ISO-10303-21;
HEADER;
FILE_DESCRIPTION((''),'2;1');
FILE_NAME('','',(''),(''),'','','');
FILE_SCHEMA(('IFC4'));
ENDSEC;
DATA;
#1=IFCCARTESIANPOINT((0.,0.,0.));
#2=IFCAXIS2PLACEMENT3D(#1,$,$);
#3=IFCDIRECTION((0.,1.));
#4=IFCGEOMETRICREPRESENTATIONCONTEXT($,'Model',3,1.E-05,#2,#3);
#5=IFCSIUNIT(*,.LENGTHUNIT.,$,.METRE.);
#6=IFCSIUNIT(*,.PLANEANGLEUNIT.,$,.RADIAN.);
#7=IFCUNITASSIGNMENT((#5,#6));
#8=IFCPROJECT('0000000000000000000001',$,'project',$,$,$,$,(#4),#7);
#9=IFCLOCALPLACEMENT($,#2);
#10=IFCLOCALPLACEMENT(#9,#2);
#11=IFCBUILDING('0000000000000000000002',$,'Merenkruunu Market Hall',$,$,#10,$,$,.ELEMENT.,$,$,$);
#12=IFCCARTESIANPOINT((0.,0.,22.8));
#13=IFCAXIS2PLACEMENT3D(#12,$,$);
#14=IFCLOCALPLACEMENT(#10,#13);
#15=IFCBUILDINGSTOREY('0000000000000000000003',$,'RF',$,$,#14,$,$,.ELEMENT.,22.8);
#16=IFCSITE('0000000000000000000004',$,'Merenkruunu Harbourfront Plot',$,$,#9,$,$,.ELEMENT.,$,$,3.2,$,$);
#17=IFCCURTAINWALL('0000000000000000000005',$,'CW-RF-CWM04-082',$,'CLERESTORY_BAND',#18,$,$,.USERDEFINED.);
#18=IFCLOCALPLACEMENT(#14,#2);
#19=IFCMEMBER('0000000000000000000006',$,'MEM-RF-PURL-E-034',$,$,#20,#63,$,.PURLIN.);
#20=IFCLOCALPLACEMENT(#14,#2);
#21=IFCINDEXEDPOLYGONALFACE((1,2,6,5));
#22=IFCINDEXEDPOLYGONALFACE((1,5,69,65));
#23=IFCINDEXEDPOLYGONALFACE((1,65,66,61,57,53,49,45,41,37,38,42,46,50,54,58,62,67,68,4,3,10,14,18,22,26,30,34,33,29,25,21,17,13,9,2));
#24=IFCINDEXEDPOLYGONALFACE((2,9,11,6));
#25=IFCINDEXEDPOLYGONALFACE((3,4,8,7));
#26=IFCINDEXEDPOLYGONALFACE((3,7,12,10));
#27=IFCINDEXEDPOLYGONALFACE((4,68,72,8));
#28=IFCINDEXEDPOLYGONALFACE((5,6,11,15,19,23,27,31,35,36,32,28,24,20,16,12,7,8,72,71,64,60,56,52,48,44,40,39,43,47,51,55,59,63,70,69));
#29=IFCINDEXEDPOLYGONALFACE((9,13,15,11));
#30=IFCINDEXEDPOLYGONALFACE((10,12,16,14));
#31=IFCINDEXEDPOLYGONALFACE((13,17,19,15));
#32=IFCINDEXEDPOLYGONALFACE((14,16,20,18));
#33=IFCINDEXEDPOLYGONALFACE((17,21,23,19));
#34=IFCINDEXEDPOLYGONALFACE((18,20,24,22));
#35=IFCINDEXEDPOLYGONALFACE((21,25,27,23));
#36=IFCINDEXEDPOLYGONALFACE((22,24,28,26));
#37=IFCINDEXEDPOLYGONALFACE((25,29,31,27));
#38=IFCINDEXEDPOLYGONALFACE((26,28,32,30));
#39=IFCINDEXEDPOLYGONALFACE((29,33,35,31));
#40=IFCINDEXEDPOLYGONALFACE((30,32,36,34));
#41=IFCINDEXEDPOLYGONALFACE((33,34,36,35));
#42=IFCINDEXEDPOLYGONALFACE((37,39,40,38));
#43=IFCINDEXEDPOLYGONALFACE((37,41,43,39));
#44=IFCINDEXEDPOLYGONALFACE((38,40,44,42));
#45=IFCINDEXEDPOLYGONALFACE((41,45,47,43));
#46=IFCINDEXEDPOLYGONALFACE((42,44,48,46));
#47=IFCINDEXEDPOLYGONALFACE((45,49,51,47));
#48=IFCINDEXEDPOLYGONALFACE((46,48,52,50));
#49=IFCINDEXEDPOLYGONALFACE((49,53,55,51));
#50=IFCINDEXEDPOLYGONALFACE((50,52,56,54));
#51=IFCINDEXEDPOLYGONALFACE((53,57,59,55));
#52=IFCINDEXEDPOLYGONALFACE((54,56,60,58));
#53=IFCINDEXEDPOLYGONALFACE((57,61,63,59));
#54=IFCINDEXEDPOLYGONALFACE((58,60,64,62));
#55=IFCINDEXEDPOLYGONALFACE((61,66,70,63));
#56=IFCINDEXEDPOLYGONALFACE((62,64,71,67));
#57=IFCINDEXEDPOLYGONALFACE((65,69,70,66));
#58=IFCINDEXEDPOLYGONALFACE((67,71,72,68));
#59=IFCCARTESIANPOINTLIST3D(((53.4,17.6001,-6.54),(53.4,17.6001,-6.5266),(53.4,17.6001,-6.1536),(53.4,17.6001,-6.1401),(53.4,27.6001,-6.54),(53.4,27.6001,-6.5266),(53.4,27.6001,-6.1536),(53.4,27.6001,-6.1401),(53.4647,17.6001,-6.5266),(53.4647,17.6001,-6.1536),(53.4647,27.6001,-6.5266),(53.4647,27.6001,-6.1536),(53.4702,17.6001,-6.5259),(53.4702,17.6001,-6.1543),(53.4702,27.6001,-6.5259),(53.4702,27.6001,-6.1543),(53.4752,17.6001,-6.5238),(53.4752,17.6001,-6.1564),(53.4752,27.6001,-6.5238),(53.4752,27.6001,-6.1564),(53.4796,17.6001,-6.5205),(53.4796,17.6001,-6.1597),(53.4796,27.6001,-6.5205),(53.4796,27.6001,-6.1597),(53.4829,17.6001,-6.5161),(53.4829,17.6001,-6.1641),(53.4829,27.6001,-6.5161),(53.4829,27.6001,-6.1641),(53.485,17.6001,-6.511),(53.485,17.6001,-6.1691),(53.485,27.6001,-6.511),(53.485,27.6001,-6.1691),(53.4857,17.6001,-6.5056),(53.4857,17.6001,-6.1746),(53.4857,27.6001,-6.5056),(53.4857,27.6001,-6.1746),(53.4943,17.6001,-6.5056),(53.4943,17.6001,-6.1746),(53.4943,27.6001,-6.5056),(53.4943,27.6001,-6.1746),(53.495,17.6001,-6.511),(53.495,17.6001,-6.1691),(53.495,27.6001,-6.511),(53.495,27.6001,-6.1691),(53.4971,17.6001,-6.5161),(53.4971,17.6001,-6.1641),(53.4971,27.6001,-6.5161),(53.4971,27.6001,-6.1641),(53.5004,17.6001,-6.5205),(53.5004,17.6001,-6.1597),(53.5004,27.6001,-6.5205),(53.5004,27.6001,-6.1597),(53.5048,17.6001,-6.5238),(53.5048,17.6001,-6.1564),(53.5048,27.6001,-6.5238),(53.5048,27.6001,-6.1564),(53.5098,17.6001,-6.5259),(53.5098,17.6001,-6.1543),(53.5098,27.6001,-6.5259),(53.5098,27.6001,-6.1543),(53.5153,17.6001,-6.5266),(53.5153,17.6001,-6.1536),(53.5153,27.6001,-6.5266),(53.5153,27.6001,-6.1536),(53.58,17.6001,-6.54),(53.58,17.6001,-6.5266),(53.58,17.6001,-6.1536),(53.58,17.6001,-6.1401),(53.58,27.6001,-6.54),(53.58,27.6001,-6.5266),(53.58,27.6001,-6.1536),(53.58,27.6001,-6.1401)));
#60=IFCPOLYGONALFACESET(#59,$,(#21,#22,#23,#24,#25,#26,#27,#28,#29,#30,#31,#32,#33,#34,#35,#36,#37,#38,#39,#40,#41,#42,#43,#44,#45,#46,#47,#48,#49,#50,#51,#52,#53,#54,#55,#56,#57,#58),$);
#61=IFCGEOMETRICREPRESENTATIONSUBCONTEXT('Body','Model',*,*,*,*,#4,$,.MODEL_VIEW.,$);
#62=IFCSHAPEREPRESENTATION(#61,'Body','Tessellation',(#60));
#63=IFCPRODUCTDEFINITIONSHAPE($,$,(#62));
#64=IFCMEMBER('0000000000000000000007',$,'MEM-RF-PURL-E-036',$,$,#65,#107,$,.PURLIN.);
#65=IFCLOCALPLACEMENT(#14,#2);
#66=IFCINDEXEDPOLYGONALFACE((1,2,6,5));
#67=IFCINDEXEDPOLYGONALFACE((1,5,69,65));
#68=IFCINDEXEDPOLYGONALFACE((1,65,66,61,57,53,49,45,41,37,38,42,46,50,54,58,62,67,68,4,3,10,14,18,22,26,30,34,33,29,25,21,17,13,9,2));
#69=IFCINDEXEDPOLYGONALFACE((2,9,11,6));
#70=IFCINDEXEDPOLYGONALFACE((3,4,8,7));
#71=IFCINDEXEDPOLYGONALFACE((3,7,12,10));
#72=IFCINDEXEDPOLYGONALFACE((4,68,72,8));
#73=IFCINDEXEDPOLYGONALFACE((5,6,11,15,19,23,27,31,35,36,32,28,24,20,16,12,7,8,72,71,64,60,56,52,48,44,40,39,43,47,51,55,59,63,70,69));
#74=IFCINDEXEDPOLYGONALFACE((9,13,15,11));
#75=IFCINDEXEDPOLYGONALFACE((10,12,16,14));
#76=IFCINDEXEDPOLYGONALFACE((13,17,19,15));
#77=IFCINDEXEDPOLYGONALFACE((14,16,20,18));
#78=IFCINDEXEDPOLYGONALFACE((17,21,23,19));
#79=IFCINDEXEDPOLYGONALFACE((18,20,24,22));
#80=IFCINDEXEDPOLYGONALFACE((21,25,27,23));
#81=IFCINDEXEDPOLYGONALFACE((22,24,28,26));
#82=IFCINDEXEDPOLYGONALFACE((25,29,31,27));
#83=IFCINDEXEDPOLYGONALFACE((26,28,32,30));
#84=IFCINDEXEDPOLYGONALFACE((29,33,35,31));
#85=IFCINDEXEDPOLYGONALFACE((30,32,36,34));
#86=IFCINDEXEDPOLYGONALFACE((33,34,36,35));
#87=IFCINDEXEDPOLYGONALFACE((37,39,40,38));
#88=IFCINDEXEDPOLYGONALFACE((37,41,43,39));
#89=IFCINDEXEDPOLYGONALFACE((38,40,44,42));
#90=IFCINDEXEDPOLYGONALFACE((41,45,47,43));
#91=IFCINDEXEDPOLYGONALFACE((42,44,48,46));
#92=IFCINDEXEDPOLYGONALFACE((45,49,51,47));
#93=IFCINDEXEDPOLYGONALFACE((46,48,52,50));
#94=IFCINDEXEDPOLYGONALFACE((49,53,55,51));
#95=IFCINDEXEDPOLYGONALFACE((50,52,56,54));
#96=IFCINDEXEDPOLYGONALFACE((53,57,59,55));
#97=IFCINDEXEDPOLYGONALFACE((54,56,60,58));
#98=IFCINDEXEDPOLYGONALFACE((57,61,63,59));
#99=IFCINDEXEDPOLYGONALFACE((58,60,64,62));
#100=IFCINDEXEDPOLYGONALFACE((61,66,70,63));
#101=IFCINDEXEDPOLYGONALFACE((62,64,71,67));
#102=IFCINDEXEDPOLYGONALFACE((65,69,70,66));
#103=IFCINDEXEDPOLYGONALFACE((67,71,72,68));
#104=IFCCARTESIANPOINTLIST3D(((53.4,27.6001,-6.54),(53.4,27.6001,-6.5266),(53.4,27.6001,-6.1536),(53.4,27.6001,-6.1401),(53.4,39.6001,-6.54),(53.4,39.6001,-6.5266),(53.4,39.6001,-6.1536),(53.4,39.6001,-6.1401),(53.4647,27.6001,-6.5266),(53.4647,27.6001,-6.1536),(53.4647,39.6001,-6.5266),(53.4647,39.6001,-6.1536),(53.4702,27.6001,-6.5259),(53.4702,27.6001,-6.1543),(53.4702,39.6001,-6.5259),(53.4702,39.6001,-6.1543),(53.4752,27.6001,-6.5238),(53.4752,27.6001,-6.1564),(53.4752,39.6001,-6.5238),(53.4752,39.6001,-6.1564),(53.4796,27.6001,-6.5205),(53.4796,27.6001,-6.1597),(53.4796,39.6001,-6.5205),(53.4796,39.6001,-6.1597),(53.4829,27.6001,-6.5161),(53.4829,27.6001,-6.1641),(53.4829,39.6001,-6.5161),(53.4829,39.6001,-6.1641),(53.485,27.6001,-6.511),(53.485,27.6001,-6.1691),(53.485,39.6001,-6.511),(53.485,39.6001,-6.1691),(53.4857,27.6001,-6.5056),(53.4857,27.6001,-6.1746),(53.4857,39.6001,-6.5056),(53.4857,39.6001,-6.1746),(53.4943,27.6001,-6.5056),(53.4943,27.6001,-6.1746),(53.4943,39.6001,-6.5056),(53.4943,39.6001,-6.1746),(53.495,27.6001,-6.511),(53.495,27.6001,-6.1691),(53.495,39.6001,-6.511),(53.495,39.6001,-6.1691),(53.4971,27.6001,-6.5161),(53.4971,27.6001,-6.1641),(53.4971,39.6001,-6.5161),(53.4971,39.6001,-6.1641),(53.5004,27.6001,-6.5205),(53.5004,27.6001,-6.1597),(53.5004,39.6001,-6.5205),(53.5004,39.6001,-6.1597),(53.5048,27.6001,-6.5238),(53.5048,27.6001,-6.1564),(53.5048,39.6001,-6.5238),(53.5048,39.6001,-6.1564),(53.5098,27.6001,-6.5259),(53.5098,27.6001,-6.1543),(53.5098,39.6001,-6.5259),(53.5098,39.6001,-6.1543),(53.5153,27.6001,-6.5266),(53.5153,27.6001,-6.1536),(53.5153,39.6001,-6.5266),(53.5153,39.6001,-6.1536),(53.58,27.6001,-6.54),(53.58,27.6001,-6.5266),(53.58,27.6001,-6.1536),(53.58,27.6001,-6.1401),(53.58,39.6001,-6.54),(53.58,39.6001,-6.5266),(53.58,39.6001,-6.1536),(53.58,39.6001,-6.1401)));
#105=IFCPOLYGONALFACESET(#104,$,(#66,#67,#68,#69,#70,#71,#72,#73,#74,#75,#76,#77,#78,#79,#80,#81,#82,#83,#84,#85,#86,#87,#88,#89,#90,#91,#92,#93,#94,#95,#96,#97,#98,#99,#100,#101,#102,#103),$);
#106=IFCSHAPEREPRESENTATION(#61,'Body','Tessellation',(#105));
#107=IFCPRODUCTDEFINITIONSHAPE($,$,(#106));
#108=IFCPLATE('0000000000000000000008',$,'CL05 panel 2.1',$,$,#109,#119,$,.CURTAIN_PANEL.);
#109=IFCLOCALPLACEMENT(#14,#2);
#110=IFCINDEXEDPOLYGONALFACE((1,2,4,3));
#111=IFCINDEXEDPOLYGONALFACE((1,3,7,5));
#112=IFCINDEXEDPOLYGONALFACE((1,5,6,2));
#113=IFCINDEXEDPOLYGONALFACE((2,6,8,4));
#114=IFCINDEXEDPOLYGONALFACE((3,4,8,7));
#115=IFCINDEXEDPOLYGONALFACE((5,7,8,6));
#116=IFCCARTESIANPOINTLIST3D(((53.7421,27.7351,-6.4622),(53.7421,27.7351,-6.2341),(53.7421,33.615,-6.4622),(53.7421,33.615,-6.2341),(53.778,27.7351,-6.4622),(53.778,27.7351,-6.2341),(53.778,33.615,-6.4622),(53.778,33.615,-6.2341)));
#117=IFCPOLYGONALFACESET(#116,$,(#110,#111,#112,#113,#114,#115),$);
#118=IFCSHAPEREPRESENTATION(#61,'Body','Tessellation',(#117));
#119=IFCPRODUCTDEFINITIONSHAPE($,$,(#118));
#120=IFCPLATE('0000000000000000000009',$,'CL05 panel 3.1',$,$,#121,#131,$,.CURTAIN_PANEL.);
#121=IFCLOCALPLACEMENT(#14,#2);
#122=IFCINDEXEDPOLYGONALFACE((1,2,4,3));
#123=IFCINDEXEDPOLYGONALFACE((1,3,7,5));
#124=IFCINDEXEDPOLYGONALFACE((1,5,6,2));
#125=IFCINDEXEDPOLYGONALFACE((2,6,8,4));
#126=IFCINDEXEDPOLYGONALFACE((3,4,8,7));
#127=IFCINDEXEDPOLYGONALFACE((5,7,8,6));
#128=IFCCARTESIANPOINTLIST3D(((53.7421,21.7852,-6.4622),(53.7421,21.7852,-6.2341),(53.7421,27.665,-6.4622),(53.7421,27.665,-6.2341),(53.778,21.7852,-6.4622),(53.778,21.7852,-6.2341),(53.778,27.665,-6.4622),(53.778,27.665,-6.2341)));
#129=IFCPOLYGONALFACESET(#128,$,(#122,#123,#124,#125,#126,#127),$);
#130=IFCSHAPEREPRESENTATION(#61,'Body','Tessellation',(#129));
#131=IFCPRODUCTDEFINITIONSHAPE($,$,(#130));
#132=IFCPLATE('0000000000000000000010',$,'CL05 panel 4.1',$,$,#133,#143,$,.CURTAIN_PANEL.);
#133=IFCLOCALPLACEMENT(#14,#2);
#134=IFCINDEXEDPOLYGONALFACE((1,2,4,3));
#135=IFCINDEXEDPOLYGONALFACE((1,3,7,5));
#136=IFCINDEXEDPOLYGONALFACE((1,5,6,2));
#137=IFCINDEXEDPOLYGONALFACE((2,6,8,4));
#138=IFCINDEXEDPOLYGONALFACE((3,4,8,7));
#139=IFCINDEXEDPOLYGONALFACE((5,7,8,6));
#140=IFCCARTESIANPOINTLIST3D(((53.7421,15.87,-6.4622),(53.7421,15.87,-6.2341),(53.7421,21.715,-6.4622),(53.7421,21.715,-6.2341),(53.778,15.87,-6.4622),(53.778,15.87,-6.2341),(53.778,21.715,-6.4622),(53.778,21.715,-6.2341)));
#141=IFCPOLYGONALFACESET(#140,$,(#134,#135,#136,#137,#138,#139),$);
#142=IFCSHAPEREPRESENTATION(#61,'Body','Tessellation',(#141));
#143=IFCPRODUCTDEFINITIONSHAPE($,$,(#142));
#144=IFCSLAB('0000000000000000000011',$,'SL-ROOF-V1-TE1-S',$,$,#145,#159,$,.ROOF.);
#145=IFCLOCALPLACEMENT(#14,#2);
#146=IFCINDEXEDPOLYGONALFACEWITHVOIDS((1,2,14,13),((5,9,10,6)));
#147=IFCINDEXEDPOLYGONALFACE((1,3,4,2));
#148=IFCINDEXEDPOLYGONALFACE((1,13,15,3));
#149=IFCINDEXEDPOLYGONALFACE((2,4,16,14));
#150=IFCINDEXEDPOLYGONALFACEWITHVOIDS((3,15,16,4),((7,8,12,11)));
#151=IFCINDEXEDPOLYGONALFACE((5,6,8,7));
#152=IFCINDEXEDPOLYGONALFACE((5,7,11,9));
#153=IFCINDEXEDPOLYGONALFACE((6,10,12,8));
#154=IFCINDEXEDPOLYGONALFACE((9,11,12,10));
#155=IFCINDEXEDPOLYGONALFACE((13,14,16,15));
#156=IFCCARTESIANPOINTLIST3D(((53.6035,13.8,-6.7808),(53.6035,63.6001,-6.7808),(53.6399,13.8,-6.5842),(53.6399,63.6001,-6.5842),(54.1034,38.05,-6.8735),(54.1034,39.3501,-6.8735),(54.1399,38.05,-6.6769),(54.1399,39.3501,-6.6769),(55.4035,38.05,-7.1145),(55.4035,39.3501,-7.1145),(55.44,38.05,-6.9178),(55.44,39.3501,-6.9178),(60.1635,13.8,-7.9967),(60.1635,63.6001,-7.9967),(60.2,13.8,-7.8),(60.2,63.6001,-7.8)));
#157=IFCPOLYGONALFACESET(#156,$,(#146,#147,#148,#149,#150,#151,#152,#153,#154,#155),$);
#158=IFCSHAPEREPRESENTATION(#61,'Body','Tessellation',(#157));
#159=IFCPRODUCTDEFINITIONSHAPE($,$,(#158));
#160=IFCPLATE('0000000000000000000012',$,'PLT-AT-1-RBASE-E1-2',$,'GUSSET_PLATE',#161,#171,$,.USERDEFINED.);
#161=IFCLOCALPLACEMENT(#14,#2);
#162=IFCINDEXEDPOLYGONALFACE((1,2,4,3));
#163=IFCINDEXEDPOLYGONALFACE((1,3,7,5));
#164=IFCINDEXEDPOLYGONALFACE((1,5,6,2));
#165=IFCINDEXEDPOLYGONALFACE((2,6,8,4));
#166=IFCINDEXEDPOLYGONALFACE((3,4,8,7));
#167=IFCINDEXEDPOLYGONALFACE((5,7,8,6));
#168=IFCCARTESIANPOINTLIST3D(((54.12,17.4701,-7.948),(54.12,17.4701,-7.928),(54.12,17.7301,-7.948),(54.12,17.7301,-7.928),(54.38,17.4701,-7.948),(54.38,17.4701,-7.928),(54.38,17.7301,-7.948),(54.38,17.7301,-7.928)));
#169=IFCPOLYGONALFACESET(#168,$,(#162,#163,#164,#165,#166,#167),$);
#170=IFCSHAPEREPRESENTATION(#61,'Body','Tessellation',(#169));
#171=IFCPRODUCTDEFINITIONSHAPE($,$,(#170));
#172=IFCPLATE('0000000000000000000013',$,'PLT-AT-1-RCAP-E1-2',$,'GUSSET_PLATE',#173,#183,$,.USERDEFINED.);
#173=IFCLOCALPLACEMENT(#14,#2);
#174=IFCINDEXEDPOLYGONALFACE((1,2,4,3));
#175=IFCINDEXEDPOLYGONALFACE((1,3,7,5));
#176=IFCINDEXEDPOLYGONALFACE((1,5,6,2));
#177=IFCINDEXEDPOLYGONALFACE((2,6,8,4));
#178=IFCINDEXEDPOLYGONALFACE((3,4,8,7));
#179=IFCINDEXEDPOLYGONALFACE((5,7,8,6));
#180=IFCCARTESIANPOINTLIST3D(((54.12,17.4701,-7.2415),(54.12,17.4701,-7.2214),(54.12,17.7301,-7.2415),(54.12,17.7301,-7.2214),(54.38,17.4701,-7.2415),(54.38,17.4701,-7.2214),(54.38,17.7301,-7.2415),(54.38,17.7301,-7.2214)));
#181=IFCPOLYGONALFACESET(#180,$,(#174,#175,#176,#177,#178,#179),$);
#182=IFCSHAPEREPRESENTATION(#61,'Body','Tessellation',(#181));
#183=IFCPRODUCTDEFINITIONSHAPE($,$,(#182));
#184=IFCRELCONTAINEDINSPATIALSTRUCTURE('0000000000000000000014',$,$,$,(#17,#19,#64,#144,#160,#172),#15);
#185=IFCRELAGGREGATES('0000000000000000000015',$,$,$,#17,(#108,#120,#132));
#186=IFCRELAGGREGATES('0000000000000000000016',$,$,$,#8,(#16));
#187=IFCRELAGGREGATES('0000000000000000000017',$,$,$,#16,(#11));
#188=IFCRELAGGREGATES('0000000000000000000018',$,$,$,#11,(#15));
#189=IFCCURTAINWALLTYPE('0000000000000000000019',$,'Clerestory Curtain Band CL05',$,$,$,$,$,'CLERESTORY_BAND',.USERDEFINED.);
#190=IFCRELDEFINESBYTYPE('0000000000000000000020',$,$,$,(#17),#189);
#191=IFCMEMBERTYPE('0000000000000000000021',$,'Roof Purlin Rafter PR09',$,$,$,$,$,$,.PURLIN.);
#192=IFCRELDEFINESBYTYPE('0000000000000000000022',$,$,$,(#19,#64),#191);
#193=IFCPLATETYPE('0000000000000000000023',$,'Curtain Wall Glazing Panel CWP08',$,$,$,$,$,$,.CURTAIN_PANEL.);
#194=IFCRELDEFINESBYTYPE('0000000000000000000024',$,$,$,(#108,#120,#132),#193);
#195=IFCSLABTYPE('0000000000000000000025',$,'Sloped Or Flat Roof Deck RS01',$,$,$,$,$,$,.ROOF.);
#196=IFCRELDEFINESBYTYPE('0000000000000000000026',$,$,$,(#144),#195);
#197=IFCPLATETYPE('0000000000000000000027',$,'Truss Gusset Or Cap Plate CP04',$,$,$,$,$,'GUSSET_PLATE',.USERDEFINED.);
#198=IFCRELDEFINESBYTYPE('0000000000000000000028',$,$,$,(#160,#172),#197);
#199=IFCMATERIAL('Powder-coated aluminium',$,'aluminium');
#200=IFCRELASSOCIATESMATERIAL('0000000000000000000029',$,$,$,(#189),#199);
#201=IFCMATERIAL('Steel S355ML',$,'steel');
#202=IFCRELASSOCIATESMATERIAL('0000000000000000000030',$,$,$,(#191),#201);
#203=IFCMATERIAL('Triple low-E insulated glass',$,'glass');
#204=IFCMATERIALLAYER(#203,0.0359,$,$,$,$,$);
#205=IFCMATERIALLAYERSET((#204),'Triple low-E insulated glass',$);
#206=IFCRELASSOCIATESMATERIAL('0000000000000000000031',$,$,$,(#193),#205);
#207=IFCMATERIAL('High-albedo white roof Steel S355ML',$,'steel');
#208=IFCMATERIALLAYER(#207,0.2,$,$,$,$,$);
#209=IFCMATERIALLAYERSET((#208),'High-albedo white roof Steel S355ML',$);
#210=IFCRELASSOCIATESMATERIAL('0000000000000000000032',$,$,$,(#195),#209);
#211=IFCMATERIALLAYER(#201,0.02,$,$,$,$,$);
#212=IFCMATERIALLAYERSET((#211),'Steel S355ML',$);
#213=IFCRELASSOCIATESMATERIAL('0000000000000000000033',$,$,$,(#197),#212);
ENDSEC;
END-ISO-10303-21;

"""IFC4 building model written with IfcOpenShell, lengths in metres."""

from ifc_helpers import new_model, si_unit, direction, frame, origin, origin_2d, place, context, subcontext, project, spatial, polyline, rectangle, i_section, outline, extrude, material, layer, layer_set, material_profile, profile_set, type_object, element, aggregate, save


model = new_model("IFC4")

# Units and contexts
model_context = context("Model", 3, precision=1e-05, world=origin(), true_north=direction((0.0, 1.0)))
body_context = subcontext(model_context, "Body", "Model", "MODEL_VIEW")
ifc_project = project(units=[si_unit("LENGTHUNIT", "METRE"), si_unit("PLANEANGLEUNIT", "RADIAN")], contexts=[model_context])

# Site, building, storey
site_placement = place(None, origin())
site = spatial("IfcSite", under=ifc_project, at=site_placement, Name="Merenkruunu Harbourfront Plot", CompositionType="ELEMENT", RefElevation=3.2)
building_placement = place(site_placement, origin())
building = spatial("IfcBuilding", under=site, at=building_placement, Name="Merenkruunu Market Hall", CompositionType="ELEMENT")
storey_placement = place(building_placement, frame((0.0, 0.0, 22.8)))
storey = spatial("IfcBuildingStorey", under=building, at=storey_placement, Name="RF", CompositionType="ELEMENT", Elevation=22.8)

# Shared definitions
ifc_material_1 = material(Name="Powder-coated aluminium", Category="aluminium")

# Curtain wall
curtain_wall_type_1 = type_object("IfcCurtainWallType", Name="Clerestory Curtain Band CL05", ElementType="CLERESTORY_BAND", PredefinedType="USERDEFINED", material=ifc_material_1)
curtain_wall_1_placement = place(storey_placement, origin())
curtain_wall_1 = element("IfcCurtainWall", 1, at=curtain_wall_1_placement, inside=storey, type_object=curtain_wall_type_1, Name="CW-RF-CWM04-082", ObjectType="CLERESTORY_BAND", PredefinedType="USERDEFINED")

# Members
ifc_material_2 = material(Name="Steel S355ML", Category="steel")
ifc_material_profile_1 = material_profile(ifc_material_2, i_section(OverallWidth=0.1799, OverallDepth=0.3999, WebThickness=0.0085, FlangeThickness=0.0134, FilletRadius=0.021, at=origin_2d()), Name="IPE 400")
ifc_profile_set_1 = profile_set([ifc_material_profile_1], Name="Steel S355ML")
member_type_1 = type_object("IfcMemberType", Name="Roof Purlin Rafter PR09", PredefinedType="PURLIN", material=ifc_profile_set_1)
member_1_placement = place(storey_placement, frame((53.49, 17.6001, -6.3401), z_axis=(0.0, 1.0, 0.0), x_axis=(-1.0, 0.0, 0.0)))
element("IfcMember", 2, at=member_1_placement, inside=storey, type_object=member_type_1, Name="MEM-RF-PURL-E-034", PredefinedType="PURLIN", context=body_context, shape_type="SweptSolid", body=[
    extrude(i_section(OverallWidth=0.1799, OverallDepth=0.3999, WebThickness=0.0085, FlangeThickness=0.0134, FilletRadius=0.021, at=origin_2d()), origin(), (0.0, 0.0, 1.0), 10.0),
])
member_2_placement = place(storey_placement, frame((53.49, 27.6001, -6.3401), z_axis=(0.0, 1.0, 0.0), x_axis=(-1.0, 0.0, 0.0)))
element("IfcMember", 3, at=member_2_placement, inside=storey, type_object=member_type_1, Name="MEM-RF-PURL-E-036", PredefinedType="PURLIN", context=body_context, shape_type="SweptSolid", body=[
    extrude(i_section(OverallWidth=0.1799, OverallDepth=0.3999, WebThickness=0.0085, FlangeThickness=0.0134, FilletRadius=0.021, at=origin_2d()), origin(), (0.0, 0.0, 1.0), 12.0),
])

# Plates
ifc_material_3 = material(Name="Triple low-E insulated glass", Category="glass")
ifc_layer_1 = layer(ifc_material_3, 0.0359)
ifc_layer_set_1 = layer_set([ifc_layer_1], Name="Triple low-E insulated glass")
plate_type_1 = type_object("IfcPlateType", Name="Curtain Wall Glazing Panel CWP08", PredefinedType="CURTAIN_PANEL", material=ifc_layer_set_1)
plate_1_placement = place(storey_placement, frame((53.76, 30.675, -6.4622), z_axis=(0.0, 0.0, 1.0), x_axis=(0.0, -1.0, 0.0)))
plate_1 = element("IfcPlate", 4, at=plate_1_placement, type_object=plate_type_1, Name="CL05 panel 2.1", PredefinedType="CURTAIN_PANEL", context=body_context, shape_type="SweptSolid", body=[
    extrude(rectangle(XDim=5.8799, YDim=0.0359, at=origin_2d()), origin(), (0.0, 0.0, 1.0), 0.228),
])
plate_2_placement = place(storey_placement, frame((53.76, 24.7251, -6.4622), z_axis=(0.0, 0.0, 1.0), x_axis=(0.0, -1.0, 0.0)))
plate_2 = element("IfcPlate", 5, at=plate_2_placement, type_object=plate_type_1, Name="CL05 panel 3.1", PredefinedType="CURTAIN_PANEL", context=body_context, shape_type="SweptSolid", body=[
    extrude(rectangle(XDim=5.8799, YDim=0.0359, at=origin_2d()), origin(), (0.0, 0.0, 1.0), 0.228),
])
plate_3_placement = place(storey_placement, frame((53.76, 18.7925, -6.4622), z_axis=(0.0, 0.0, 1.0), x_axis=(0.0, -1.0, 0.0)))
plate_3 = element("IfcPlate", 6, at=plate_3_placement, type_object=plate_type_1, Name="CL05 panel 4.1", PredefinedType="CURTAIN_PANEL", context=body_context, shape_type="SweptSolid", body=[
    extrude(rectangle(XDim=5.845, YDim=0.0359, at=origin_2d()), origin(), (0.0, 0.0, 1.0), 0.228),
])
aggregate(curtain_wall_1, [plate_1, plate_2, plate_3])

# Slab
ifc_material_4 = material(Name="High-albedo white roof Steel S355ML", Category="steel")
ifc_layer_2 = layer(ifc_material_4, 0.2)
ifc_layer_set_2 = layer_set([ifc_layer_2], Name="High-albedo white roof Steel S355ML")
slab_type = type_object("IfcSlabType", Name="Sloped Or Flat Roof Deck RS01", PredefinedType="ROOF", material=ifc_layer_set_2)
slab_placement = place(storey_placement, frame((53.6399, 13.8, -6.5842), z_axis=(0.182233, 0.0, 0.983255), x_axis=(0.983255, 0.0, -0.182233)))
element("IfcSlab", 7, at=slab_placement, inside=storey, type_object=slab_type, Name="SL-ROOF-V1-TE1-S", PredefinedType="ROOF", context=body_context, shape_type="SweptSolid", body=[
    extrude(outline(polyline([(0.0, 0.0), (6.6718, 0.0), (6.6718, 49.8), (0.0, 49.8), (0.0, 0.0)]), holes=[polyline([(0.5085, 24.25), (1.8307, 24.25), (1.8307, 25.55), (0.5085, 25.55), (0.5085, 24.25)])]), origin(), (0.0, 0.0, -1.0), 0.2),
])

# Plates
ifc_layer_3 = layer(ifc_material_2, 0.02)
ifc_layer_set_3 = layer_set([ifc_layer_3], Name="Steel S355ML")
plate_type_2 = type_object("IfcPlateType", Name="Truss Gusset Or Cap Plate CP04", ElementType="GUSSET_PLATE", PredefinedType="USERDEFINED", material=ifc_layer_set_3)
for number, where, z_axis, x_axis, name in (
    (8, (54.25, 17.6001, -7.948), (0.0, 0.0, 1.0), (1.0, 0.0, 0.0), "PLT-AT-1-RBASE-E1-2"),
    (9, (54.25, 17.6001, -7.2415), (0.0, 0.0, 1.0), (1.0, 0.0, 0.0), "PLT-AT-1-RCAP-E1-2"),
):
    element("IfcPlate", number, at=place(storey_placement, frame(where, z_axis=z_axis, x_axis=x_axis)), inside=storey, type_object=plate_type_2, Name=name, ObjectType="GUSSET_PLATE", PredefinedType="USERDEFINED", context=body_context, shape_type="SweptSolid", body=[
        extrude(rectangle(XDim=0.26, YDim=0.26, at=origin_2d()), origin(), (0.0, 0.0, 1.0), 0.02),
    ])

save(model, "model.ifc")
